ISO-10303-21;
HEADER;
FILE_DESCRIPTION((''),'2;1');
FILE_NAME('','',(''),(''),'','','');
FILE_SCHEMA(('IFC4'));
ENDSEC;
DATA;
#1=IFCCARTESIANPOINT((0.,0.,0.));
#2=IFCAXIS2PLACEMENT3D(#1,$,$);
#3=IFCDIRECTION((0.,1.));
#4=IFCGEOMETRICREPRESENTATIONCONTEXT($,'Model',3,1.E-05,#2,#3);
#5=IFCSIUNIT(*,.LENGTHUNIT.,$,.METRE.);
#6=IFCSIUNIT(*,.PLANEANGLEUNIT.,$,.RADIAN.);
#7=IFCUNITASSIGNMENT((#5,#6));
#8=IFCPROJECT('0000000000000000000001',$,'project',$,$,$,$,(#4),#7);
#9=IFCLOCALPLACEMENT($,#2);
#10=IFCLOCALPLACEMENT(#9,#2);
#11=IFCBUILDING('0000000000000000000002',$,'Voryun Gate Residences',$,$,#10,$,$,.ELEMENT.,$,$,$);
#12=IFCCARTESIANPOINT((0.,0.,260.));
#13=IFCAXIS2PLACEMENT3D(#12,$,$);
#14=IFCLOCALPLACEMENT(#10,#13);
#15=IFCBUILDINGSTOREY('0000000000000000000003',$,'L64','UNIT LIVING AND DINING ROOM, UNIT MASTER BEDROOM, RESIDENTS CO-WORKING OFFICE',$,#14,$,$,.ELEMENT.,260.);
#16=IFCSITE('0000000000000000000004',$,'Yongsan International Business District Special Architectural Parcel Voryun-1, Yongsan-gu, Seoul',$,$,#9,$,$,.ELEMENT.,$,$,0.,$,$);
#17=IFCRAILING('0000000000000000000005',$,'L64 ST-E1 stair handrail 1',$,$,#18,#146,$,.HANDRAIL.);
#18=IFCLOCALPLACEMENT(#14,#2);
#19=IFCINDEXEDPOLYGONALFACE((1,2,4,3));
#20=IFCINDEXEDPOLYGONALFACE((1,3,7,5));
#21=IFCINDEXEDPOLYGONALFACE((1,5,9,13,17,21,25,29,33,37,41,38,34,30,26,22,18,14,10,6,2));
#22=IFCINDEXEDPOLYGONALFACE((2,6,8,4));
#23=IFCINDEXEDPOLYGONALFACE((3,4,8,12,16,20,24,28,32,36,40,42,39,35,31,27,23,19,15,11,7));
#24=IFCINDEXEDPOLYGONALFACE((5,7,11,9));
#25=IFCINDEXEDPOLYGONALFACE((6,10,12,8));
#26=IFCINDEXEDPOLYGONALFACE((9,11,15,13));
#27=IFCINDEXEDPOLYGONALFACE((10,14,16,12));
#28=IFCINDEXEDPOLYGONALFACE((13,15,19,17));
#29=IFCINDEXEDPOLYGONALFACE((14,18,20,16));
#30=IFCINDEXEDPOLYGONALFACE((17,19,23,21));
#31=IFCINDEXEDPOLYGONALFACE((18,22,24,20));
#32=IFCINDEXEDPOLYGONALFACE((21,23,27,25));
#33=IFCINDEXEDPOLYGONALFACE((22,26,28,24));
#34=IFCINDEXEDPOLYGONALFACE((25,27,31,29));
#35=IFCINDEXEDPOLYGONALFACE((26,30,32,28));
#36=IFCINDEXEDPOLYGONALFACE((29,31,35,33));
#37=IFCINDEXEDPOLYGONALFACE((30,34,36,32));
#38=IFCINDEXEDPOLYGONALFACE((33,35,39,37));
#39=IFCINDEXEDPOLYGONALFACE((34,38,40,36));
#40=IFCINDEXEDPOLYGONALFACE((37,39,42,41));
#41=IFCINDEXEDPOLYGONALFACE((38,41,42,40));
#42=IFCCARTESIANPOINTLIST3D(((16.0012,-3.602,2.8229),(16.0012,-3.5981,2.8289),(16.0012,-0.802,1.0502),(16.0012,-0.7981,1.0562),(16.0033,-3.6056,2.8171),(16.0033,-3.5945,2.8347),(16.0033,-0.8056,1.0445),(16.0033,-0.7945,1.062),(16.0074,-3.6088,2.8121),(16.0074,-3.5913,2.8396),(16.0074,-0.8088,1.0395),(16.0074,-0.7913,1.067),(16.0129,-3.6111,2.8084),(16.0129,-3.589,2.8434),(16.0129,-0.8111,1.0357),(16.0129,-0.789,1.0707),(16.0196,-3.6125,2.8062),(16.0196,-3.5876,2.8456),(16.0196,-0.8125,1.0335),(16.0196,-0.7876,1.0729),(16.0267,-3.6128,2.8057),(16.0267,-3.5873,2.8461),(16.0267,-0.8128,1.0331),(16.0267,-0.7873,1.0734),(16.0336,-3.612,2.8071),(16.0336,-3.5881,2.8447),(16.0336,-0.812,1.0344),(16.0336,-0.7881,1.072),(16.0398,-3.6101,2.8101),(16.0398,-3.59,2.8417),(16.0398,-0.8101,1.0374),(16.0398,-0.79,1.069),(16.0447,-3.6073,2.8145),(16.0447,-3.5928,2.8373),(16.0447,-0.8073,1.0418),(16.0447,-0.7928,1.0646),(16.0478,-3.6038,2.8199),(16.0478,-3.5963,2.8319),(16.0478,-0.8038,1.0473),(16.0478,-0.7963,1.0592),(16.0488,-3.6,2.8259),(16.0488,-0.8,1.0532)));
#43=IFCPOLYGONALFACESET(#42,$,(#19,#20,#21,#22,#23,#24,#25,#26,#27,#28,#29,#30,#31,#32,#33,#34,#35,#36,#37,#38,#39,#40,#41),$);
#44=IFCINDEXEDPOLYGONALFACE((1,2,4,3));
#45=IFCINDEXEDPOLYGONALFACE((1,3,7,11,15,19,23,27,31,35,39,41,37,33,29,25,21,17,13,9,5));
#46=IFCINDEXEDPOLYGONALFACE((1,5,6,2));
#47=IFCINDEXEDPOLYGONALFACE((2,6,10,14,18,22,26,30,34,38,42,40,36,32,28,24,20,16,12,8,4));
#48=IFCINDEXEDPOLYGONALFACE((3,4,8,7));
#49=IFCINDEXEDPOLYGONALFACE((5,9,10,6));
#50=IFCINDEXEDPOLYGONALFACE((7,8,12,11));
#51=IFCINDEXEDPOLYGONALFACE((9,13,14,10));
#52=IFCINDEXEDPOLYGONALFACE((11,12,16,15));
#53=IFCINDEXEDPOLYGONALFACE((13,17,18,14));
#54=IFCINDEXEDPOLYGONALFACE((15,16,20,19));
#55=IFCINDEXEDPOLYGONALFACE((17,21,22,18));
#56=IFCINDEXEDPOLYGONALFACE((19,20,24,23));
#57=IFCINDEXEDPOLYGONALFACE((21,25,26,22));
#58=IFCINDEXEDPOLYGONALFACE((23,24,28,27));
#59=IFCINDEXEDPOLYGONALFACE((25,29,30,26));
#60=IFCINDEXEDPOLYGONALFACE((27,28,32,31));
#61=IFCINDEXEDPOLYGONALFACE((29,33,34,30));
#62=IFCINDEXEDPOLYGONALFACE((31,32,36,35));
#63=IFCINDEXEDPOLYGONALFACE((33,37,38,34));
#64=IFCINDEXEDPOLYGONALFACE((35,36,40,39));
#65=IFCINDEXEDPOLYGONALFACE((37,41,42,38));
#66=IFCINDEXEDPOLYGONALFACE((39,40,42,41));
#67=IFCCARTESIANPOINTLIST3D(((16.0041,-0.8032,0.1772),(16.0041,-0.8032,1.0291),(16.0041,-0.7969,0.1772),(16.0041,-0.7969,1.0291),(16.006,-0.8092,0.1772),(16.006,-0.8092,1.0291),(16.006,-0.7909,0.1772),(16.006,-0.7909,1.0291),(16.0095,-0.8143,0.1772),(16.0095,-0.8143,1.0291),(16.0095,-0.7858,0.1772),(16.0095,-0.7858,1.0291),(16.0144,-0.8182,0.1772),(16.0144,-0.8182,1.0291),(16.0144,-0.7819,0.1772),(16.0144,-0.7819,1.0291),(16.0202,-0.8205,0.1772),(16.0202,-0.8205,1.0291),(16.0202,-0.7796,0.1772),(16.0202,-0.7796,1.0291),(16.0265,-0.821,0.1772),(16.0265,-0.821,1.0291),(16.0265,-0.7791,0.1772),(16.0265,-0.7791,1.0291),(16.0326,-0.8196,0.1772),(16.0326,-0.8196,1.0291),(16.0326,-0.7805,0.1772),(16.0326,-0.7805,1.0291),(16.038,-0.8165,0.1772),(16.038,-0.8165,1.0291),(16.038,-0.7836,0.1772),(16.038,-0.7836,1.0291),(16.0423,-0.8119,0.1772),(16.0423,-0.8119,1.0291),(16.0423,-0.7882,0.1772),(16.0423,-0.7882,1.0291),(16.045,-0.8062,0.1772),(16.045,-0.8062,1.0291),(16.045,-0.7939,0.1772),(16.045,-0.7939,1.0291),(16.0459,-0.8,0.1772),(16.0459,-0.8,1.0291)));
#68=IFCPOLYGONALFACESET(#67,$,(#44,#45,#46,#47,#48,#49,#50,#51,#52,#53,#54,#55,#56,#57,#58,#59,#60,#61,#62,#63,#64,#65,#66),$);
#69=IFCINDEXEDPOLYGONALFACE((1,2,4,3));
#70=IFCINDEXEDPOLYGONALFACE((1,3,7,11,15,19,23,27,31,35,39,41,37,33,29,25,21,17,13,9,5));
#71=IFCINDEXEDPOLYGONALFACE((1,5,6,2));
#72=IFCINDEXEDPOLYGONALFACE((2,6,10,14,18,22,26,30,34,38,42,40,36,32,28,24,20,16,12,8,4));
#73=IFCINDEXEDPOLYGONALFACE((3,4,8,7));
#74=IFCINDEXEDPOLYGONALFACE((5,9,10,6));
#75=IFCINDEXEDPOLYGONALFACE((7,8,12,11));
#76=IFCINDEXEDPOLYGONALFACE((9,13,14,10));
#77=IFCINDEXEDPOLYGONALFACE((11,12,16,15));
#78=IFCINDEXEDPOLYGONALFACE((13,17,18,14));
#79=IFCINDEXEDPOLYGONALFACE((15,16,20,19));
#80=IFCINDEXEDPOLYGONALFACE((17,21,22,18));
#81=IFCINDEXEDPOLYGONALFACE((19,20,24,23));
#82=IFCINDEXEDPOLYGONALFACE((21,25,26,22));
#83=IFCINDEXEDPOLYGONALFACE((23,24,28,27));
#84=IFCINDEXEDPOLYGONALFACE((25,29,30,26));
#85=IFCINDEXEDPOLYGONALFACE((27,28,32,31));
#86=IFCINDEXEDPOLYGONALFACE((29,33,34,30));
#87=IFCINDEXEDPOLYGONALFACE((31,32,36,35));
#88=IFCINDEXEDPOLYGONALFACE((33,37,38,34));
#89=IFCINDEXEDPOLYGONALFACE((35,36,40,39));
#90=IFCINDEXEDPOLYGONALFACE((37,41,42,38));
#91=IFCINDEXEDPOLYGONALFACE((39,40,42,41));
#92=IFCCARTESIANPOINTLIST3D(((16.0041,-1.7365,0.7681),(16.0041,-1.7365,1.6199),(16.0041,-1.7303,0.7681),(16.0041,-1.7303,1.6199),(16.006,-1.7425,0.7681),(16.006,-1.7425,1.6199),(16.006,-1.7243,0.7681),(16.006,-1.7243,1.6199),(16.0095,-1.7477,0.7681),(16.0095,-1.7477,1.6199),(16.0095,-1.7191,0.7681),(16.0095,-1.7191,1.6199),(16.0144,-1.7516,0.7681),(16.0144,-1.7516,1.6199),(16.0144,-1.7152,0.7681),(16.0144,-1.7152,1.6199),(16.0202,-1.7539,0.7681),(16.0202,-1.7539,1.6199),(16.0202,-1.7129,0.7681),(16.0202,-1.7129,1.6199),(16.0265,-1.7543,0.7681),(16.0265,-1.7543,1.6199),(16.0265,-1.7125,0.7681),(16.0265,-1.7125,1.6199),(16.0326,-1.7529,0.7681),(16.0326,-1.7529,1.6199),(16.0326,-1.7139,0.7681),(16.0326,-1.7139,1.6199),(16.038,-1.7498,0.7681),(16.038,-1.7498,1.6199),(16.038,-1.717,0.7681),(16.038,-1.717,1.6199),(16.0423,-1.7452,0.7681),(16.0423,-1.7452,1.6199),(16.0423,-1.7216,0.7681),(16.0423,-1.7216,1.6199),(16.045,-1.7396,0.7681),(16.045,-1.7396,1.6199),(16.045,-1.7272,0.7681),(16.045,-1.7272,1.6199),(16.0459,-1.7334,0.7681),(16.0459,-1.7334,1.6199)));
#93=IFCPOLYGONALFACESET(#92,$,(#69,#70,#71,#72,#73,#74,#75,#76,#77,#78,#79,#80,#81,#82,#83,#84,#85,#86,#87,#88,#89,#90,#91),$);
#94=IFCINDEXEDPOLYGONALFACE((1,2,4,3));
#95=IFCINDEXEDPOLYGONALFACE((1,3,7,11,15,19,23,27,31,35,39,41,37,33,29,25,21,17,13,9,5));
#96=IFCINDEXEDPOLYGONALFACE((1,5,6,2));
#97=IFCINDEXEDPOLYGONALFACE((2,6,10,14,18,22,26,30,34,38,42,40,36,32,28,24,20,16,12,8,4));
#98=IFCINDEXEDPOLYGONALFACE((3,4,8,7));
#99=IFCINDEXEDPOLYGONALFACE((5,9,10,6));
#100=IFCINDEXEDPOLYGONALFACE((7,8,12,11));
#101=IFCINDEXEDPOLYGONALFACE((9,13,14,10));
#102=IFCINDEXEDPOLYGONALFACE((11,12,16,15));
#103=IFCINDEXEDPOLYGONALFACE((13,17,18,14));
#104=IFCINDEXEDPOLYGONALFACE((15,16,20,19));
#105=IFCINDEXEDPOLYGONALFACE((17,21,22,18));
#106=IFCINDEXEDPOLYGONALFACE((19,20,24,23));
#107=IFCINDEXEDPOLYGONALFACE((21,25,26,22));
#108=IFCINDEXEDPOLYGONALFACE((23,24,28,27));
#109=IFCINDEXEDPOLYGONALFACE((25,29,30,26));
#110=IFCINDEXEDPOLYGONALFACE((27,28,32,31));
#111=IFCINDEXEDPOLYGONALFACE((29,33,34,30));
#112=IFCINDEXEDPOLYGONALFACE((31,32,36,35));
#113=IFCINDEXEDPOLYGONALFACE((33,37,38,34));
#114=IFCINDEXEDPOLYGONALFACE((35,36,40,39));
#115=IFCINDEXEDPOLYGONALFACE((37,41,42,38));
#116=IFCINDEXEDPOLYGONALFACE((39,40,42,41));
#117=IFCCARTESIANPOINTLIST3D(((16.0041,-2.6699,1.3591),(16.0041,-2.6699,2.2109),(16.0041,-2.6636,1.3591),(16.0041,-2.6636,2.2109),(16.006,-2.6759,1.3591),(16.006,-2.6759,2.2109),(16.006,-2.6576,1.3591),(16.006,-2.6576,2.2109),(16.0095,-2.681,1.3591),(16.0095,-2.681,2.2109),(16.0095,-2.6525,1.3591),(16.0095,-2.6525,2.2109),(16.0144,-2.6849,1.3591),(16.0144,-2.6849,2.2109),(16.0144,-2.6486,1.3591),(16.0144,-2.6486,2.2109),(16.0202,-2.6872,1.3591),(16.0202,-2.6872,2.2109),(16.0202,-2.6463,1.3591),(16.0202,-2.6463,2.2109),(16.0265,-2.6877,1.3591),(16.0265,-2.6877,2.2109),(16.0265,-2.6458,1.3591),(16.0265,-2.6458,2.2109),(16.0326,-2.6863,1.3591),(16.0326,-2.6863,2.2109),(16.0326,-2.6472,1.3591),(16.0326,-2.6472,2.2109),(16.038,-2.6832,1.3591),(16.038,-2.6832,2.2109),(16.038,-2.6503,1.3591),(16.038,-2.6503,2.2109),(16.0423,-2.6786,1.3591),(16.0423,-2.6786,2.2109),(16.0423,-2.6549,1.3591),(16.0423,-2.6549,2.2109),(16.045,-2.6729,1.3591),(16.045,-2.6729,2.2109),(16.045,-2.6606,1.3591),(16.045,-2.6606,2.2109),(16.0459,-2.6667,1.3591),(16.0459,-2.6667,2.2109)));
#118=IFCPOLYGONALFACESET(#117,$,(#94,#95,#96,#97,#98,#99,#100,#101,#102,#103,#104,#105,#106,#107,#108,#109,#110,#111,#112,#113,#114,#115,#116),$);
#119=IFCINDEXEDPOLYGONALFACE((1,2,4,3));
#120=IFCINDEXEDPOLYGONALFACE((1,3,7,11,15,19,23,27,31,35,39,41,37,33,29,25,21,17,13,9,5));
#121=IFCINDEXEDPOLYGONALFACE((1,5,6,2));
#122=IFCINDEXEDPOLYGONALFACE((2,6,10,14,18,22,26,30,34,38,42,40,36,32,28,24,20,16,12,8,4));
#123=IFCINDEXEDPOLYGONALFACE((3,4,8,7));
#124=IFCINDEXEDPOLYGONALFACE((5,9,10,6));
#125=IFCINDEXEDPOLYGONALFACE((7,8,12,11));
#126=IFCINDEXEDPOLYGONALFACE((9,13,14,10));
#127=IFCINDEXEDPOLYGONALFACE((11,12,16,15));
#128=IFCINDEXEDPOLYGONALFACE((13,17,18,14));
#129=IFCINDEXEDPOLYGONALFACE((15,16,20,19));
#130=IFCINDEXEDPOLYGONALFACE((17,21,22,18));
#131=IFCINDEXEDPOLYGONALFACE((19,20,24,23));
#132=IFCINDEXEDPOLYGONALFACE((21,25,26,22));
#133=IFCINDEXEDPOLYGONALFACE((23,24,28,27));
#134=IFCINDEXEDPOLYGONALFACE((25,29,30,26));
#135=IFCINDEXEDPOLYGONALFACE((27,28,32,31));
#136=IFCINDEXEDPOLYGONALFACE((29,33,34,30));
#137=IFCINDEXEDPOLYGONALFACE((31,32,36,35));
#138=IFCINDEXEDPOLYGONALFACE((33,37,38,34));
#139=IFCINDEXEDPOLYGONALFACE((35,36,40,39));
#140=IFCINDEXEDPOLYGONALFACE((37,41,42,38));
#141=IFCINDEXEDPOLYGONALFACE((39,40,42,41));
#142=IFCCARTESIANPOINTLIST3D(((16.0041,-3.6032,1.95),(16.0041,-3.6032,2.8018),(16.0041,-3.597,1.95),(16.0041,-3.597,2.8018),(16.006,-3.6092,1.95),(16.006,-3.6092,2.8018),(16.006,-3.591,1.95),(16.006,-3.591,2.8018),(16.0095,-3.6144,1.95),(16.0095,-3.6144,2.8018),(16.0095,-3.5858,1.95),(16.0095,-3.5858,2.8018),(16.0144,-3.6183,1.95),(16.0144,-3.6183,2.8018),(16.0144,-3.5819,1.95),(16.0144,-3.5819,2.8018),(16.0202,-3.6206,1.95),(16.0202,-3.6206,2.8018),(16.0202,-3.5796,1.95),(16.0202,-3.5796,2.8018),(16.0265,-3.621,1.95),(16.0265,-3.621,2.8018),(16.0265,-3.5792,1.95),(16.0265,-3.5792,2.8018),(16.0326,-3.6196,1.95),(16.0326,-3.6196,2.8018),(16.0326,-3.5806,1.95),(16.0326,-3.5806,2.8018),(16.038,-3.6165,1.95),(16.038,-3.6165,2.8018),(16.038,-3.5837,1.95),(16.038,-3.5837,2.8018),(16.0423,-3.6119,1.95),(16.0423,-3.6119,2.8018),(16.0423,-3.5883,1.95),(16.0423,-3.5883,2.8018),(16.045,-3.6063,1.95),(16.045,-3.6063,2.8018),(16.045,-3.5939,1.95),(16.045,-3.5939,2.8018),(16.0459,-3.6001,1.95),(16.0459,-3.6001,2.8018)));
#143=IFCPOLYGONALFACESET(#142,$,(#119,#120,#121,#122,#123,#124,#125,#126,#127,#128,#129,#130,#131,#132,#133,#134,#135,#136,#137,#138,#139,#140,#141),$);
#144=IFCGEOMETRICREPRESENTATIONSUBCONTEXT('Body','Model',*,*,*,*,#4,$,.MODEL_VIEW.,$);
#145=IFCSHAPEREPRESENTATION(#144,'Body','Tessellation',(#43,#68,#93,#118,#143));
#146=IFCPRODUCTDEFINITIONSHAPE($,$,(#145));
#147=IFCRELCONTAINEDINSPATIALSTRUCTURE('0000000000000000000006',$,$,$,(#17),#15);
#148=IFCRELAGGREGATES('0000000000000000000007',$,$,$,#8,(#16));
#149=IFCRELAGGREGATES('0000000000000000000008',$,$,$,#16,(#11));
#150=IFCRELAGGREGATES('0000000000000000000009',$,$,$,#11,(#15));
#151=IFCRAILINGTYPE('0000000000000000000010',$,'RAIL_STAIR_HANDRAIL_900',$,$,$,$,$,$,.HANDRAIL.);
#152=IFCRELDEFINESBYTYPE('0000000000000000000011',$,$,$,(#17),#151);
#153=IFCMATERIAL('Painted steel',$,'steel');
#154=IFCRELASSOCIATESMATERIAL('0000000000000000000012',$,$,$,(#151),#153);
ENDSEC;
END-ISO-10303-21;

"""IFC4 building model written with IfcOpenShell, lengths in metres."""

from ifc_helpers import new_model, si_unit, direction, frame, origin, origin_2d, place, context, subcontext, project, spatial, circle, extrude, material, type_object, element, save


model = new_model("IFC4")

# Units and contexts
model_context = context("Model", 3, precision=1e-05, world=origin(), true_north=direction((0.0, 1.0)))
body_context = subcontext(model_context, "Body", "Model", "MODEL_VIEW")
ifc_project = project(units=[si_unit("LENGTHUNIT", "METRE"), si_unit("PLANEANGLEUNIT", "RADIAN")], contexts=[model_context])

# Site, building, storey
site_placement = place(None, origin())
site = spatial("IfcSite", under=ifc_project, at=site_placement, Name="Yongsan International Business District Special Architectural Parcel Voryun-1, Yongsan-gu, Seoul", CompositionType="ELEMENT", RefElevation=0.0)
building_placement = place(site_placement, origin())
building = spatial("IfcBuilding", under=site, at=building_placement, Name="Voryun Gate Residences", CompositionType="ELEMENT")
storey_placement = place(building_placement, frame((0.0, 0.0, 260.0)))
storey = spatial("IfcBuildingStorey", under=building, at=storey_placement, Name="L64", Description="UNIT LIVING AND DINING ROOM, UNIT MASTER BEDROOM, RESIDENTS CO-WORKING OFFICE", CompositionType="ELEMENT", Elevation=260.0)

# Railing
ifc_material_1 = material(Name="Painted steel", Category="steel")
railing_type_1 = type_object("IfcRailingType", Name="RAIL_STAIR_HANDRAIL_900", PredefinedType="HANDRAIL", material=ifc_material_1)
railing_1_placement = place(storey_placement, frame((16.0249, -0.8, 0.1772)))
element("IfcRailing", 1, at=railing_1_placement, inside=storey, type_object=railing_type_1, Name="L64 ST-E1 stair handrail 1", PredefinedType="HANDRAIL", context=body_context, shape_type="SweptSolid", body=[
    extrude(circle(Radius=0.0239, at=origin_2d()), frame((0.0, 0.0, 0.876), z_axis=(0.0, -0.844909, 0.53491), x_axis=(1.0, 0.0, 0.0)), (0.0, 0.0, 1.0), 3.314),
    extrude(circle(Radius=0.021, at=origin_2d()), origin(), (0.0, 0.0, 1.0), 0.8518),
    extrude(circle(Radius=0.021, at=origin_2d()), frame((0.0, -0.9333, 0.5908)), (0.0, 0.0, 1.0), 0.8518),
    extrude(circle(Radius=0.021, at=origin_2d()), frame((0.0, -1.8667, 1.1819)), (0.0, 0.0, 1.0), 0.8518),
    extrude(circle(Radius=0.021, at=origin_2d()), frame((0.0, -2.8, 1.7727)), (0.0, 0.0, 1.0), 0.8518),
])

save(model, "model.ifc")
